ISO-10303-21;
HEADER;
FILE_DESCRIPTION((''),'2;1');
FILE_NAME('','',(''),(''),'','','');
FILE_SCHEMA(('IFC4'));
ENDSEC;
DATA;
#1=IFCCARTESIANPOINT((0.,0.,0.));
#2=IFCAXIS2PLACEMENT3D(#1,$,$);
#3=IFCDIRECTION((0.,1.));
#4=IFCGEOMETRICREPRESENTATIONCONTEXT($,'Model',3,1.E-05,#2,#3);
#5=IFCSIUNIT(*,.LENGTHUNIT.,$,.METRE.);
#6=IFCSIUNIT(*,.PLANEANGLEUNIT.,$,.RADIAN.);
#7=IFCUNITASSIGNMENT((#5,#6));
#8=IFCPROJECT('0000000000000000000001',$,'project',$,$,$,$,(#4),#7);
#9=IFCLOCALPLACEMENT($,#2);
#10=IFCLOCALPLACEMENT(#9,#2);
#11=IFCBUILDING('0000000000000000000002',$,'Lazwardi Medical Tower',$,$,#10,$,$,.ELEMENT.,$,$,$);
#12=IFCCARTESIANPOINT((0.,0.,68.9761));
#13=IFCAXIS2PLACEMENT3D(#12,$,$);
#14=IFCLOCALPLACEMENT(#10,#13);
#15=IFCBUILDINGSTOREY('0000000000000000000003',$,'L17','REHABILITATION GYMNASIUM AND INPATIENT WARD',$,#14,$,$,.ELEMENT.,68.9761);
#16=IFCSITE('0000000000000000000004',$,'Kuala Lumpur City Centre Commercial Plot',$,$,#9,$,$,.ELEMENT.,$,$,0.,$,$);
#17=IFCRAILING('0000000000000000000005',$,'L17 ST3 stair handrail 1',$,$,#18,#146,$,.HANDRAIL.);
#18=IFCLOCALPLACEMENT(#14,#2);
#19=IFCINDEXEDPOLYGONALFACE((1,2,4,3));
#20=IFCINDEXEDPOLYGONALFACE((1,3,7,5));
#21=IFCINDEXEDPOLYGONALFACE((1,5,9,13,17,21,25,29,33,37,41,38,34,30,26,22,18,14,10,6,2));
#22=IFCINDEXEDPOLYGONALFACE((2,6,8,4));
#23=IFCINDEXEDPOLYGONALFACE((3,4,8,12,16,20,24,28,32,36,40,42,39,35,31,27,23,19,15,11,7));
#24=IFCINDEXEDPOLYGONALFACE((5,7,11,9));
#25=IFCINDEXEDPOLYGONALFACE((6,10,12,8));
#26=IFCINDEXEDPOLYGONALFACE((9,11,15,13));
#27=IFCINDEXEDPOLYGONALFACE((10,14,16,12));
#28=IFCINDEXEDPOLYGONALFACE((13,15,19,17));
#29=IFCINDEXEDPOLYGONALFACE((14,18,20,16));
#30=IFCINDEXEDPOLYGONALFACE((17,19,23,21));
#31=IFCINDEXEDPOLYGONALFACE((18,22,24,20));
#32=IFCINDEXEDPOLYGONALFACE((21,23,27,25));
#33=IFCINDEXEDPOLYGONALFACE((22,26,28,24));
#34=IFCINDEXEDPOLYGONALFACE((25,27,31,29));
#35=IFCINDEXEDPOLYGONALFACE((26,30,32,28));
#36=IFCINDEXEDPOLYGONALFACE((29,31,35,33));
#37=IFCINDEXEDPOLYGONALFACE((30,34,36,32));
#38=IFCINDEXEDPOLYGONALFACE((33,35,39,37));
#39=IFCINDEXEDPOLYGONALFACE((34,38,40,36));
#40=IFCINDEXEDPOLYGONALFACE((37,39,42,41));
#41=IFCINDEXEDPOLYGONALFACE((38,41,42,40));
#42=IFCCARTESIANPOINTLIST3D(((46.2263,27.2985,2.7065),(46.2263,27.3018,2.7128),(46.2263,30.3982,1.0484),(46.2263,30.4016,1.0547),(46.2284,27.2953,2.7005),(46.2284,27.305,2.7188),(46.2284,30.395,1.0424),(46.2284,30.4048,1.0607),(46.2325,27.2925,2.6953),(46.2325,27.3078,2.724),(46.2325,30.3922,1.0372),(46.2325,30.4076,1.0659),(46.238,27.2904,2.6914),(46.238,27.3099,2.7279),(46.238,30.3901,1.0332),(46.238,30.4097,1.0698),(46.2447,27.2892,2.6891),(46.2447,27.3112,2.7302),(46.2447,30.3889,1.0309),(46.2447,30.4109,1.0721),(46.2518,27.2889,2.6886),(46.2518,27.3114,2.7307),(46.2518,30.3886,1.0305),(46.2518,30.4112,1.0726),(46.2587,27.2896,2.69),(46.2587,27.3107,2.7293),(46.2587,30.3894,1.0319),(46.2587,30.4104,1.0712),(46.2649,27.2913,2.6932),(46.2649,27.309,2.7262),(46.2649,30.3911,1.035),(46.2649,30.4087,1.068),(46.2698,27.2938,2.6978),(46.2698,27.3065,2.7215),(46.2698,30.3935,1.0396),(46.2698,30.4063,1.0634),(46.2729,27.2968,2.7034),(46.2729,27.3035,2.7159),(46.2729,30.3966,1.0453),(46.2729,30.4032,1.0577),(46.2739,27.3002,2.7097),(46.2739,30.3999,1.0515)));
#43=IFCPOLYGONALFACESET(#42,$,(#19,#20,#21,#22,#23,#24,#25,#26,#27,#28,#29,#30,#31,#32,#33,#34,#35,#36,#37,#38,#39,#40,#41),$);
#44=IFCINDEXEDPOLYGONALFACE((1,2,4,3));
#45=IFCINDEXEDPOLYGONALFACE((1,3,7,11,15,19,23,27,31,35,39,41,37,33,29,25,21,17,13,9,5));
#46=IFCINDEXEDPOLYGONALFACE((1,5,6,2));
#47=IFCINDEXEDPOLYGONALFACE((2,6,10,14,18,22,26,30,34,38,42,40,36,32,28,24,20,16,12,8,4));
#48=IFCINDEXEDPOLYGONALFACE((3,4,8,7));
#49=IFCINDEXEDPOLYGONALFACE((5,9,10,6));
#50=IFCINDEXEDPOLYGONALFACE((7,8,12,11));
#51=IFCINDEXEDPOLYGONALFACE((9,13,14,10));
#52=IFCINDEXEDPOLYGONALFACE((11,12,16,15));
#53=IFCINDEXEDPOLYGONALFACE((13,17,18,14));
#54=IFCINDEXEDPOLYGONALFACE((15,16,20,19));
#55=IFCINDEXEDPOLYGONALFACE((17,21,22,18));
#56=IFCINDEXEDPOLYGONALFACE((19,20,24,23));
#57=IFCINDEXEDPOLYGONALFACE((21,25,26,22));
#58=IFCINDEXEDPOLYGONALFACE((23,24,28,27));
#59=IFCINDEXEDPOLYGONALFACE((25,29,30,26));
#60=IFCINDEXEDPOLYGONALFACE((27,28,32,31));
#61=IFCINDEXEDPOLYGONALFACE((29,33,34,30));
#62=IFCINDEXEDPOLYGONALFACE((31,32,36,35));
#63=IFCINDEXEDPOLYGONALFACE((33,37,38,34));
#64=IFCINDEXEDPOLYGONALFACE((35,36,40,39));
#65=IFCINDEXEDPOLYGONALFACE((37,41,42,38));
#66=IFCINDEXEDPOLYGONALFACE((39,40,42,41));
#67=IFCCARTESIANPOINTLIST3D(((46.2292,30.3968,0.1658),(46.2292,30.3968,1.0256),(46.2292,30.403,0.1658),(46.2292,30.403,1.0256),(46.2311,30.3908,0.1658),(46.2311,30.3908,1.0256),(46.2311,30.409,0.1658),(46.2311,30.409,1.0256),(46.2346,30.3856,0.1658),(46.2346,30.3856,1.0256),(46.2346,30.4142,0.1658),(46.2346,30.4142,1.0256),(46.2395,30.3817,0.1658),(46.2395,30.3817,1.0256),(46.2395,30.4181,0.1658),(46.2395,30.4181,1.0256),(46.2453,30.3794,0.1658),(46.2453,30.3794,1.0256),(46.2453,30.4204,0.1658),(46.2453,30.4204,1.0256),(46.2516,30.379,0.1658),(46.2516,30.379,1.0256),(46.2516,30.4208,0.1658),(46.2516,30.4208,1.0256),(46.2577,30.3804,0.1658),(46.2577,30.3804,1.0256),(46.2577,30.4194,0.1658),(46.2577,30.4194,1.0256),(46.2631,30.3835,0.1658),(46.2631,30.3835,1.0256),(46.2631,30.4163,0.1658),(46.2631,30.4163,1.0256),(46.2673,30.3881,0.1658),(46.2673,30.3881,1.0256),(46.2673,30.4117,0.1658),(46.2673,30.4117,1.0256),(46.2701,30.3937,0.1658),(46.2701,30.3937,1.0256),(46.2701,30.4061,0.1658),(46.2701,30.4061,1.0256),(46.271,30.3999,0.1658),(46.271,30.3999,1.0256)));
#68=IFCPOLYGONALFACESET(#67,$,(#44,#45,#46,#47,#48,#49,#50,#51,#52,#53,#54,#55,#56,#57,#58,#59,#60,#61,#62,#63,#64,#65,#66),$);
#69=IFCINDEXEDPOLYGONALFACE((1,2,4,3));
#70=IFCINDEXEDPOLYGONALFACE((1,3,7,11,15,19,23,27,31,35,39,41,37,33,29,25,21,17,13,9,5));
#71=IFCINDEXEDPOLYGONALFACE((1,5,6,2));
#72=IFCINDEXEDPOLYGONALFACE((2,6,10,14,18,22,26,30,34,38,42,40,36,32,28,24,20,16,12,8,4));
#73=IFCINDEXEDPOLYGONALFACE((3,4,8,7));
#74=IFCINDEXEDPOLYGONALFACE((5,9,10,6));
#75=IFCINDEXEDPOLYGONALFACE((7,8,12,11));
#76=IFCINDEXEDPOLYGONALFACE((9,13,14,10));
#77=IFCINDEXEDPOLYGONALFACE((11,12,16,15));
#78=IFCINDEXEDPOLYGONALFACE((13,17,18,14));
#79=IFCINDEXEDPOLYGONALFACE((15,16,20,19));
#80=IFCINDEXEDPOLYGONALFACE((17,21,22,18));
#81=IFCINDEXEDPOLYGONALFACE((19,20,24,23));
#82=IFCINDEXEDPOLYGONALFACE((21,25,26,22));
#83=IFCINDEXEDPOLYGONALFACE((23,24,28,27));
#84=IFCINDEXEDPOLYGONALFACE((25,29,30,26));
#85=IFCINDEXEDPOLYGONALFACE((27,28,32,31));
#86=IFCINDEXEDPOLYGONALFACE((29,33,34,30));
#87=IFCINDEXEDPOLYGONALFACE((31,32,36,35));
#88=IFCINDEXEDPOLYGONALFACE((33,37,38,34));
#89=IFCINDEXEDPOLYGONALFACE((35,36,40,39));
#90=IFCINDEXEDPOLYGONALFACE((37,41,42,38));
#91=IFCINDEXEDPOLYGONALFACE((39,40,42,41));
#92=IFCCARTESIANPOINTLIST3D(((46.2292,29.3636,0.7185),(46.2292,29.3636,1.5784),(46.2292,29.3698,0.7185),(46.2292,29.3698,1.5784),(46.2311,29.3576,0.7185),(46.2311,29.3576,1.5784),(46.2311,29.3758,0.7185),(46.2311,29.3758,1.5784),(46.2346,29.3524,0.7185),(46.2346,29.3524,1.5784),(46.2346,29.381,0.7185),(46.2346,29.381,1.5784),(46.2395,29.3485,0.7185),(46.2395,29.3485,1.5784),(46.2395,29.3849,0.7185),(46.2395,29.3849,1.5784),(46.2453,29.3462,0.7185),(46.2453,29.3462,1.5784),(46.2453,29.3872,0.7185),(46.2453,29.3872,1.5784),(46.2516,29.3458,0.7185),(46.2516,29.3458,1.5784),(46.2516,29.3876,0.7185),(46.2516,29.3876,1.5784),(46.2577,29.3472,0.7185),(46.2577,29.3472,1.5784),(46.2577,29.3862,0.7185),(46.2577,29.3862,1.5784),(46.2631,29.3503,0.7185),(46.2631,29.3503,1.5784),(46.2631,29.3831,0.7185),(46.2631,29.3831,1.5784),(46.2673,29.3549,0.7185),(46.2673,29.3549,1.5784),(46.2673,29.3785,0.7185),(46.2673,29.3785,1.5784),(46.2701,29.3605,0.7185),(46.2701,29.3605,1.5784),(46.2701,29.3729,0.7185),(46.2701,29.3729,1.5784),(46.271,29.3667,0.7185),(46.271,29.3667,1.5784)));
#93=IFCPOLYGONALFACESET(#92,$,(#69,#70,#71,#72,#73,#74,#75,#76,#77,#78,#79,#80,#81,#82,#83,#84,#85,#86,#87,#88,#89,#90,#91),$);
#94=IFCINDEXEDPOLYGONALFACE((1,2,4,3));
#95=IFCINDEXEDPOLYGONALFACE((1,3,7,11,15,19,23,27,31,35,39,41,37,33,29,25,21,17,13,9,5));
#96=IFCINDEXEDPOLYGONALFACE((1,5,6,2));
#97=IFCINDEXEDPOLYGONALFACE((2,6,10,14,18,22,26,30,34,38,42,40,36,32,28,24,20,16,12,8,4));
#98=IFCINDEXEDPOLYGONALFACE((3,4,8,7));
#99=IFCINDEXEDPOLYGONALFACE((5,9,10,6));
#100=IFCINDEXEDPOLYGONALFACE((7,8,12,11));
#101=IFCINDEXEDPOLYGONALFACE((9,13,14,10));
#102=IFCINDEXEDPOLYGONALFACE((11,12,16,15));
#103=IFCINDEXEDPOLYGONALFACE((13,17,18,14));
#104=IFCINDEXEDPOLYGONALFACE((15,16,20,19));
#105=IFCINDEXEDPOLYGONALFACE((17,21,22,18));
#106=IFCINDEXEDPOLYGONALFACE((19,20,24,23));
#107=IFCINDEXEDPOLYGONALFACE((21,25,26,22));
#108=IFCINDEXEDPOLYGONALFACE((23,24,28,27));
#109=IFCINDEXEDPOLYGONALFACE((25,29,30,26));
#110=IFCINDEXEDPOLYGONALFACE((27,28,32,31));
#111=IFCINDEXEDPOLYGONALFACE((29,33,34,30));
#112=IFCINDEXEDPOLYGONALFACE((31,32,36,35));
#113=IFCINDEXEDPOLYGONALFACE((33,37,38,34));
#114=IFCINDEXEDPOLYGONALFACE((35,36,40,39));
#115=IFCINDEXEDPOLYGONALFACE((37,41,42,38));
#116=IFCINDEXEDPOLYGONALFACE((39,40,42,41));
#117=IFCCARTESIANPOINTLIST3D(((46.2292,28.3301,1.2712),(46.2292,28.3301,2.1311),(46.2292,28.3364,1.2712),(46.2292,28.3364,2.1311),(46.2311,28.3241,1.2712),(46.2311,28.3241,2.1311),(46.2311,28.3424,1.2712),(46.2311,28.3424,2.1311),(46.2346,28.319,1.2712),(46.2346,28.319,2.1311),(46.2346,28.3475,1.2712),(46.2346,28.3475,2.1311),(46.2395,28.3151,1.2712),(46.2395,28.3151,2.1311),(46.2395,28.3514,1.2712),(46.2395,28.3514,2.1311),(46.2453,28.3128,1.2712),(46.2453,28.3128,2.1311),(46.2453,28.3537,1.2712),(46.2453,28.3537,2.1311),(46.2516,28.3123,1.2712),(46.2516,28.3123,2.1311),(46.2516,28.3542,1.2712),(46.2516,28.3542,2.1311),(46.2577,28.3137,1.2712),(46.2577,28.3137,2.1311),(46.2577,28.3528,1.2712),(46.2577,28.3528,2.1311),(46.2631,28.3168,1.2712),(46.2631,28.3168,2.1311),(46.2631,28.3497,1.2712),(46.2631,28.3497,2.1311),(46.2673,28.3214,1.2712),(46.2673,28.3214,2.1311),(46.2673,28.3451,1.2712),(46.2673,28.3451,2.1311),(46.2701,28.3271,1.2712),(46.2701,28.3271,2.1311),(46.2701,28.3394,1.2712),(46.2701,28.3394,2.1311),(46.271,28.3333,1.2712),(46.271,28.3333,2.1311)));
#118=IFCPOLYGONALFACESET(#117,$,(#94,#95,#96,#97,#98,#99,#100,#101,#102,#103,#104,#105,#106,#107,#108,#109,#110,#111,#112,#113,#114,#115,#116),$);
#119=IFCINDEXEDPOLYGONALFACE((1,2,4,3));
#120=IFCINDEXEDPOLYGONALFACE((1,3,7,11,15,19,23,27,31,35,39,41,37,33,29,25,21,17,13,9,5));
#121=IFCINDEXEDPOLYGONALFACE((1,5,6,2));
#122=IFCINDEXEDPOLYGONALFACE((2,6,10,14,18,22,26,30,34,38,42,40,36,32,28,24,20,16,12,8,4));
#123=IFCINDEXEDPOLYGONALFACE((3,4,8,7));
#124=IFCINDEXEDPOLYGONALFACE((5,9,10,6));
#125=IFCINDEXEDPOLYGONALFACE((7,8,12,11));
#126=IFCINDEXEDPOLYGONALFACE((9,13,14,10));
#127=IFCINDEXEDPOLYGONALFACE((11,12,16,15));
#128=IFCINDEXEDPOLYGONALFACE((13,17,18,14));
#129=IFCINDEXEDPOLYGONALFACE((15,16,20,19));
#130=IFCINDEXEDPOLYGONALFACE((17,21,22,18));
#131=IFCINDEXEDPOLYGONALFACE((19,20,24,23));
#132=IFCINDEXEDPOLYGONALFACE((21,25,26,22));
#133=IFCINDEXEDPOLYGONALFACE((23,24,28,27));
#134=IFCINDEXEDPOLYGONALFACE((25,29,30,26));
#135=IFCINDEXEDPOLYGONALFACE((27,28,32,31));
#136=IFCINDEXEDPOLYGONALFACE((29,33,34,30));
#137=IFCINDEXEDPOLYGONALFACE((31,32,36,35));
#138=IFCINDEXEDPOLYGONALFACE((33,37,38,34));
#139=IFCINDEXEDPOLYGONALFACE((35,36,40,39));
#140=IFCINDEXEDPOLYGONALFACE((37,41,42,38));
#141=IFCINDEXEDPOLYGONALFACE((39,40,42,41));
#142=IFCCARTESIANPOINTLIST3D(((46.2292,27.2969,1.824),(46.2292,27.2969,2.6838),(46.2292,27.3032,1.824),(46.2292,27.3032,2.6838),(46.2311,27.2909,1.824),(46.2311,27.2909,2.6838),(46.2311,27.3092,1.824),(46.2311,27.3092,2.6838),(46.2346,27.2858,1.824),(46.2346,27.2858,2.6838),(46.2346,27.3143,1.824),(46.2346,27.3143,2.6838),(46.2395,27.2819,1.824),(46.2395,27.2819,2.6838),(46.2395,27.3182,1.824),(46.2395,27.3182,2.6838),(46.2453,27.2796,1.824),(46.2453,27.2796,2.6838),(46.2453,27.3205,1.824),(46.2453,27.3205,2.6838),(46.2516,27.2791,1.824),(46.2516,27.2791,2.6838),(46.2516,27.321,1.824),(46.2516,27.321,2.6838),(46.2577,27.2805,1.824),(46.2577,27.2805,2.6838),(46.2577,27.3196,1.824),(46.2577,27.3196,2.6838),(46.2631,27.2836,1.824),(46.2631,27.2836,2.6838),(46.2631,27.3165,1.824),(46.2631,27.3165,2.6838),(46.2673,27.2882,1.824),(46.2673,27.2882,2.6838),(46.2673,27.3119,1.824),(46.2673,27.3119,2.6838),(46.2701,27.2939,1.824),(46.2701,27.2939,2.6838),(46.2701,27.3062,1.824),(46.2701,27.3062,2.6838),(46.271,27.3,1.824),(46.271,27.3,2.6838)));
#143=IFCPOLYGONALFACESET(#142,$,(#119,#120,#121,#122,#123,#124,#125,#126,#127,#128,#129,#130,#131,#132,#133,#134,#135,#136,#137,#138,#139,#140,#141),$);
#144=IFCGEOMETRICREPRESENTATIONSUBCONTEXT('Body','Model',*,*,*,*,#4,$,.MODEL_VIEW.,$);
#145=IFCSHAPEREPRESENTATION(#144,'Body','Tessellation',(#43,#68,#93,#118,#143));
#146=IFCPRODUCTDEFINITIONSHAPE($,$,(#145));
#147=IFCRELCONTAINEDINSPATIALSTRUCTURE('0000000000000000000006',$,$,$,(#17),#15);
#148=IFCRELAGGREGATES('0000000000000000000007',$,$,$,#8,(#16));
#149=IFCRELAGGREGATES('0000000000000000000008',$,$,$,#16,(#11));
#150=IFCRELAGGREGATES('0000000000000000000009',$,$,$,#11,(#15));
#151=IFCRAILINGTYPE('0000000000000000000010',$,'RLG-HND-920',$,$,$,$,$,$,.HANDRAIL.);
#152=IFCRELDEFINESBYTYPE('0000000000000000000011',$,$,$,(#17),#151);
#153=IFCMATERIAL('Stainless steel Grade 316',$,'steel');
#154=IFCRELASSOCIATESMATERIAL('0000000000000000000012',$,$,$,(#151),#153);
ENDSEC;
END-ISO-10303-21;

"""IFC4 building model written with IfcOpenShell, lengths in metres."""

from ifc_helpers import new_model, si_unit, direction, frame, origin, origin_2d, place, context, subcontext, project, spatial, circle, extrude, material, type_object, element, save


model = new_model("IFC4")

# Units and contexts
model_context = context("Model", 3, precision=1e-05, world=origin(), true_north=direction((0.0, 1.0)))
body_context = subcontext(model_context, "Body", "Model", "MODEL_VIEW")
ifc_project = project(units=[si_unit("LENGTHUNIT", "METRE"), si_unit("PLANEANGLEUNIT", "RADIAN")], contexts=[model_context])

# Site, building, storey
site_placement = place(None, origin())
site = spatial("IfcSite", under=ifc_project, at=site_placement, Name="Kuala Lumpur City Centre Commercial Plot", CompositionType="ELEMENT", RefElevation=0.0)
building_placement = place(site_placement, origin())
building = spatial("IfcBuilding", under=site, at=building_placement, Name="Lazwardi Medical Tower", CompositionType="ELEMENT")
storey_placement = place(building_placement, frame((0.0, 0.0, 68.9761)))
storey = spatial("IfcBuildingStorey", under=building, at=storey_placement, Name="L17", Description="REHABILITATION GYMNASIUM AND INPATIENT WARD", CompositionType="ELEMENT", Elevation=68.9761)

# Railing
ifc_material_1 = material(Name="Stainless steel Grade 316", Category="steel")
railing_type_1 = type_object("IfcRailingType", Name="RLG-HND-920", PredefinedType="HANDRAIL", material=ifc_material_1)
railing_1_placement = place(storey_placement, frame((46.25, 30.3999, 0.1658)))
element("IfcRailing", 1, at=railing_1_placement, inside=storey, type_object=railing_type_1, Name="L17 ST3 stair handrail 1", PredefinedType="HANDRAIL", context=body_context, shape_type="SweptSolid", body=[
    extrude(circle(Radius=0.0239, at=origin_2d()), frame((0.0, 0.0, 0.8857), z_axis=(0.0, -0.881768, 0.471684), x_axis=(1.0, 0.0, 0.0)), (0.0, 0.0, 1.0), 3.5154),
    extrude(circle(Radius=0.021, at=origin_2d()), origin(), (0.0, 0.0, 1.0), 0.8599),
    extrude(circle(Radius=0.021, at=origin_2d()), frame((0.0, -1.0332, 0.5527)), (0.0, 0.0, 1.0), 0.8599),
    extrude(circle(Radius=0.021, at=origin_2d()), frame((0.0, -2.0667, 1.1055)), (0.0, 0.0, 1.0), 0.8599),
    extrude(circle(Radius=0.021, at=origin_2d()), frame((0.0, -3.0999, 1.6582)), (0.0, 0.0, 1.0), 0.8599),
])

save(model, "model.ifc")
